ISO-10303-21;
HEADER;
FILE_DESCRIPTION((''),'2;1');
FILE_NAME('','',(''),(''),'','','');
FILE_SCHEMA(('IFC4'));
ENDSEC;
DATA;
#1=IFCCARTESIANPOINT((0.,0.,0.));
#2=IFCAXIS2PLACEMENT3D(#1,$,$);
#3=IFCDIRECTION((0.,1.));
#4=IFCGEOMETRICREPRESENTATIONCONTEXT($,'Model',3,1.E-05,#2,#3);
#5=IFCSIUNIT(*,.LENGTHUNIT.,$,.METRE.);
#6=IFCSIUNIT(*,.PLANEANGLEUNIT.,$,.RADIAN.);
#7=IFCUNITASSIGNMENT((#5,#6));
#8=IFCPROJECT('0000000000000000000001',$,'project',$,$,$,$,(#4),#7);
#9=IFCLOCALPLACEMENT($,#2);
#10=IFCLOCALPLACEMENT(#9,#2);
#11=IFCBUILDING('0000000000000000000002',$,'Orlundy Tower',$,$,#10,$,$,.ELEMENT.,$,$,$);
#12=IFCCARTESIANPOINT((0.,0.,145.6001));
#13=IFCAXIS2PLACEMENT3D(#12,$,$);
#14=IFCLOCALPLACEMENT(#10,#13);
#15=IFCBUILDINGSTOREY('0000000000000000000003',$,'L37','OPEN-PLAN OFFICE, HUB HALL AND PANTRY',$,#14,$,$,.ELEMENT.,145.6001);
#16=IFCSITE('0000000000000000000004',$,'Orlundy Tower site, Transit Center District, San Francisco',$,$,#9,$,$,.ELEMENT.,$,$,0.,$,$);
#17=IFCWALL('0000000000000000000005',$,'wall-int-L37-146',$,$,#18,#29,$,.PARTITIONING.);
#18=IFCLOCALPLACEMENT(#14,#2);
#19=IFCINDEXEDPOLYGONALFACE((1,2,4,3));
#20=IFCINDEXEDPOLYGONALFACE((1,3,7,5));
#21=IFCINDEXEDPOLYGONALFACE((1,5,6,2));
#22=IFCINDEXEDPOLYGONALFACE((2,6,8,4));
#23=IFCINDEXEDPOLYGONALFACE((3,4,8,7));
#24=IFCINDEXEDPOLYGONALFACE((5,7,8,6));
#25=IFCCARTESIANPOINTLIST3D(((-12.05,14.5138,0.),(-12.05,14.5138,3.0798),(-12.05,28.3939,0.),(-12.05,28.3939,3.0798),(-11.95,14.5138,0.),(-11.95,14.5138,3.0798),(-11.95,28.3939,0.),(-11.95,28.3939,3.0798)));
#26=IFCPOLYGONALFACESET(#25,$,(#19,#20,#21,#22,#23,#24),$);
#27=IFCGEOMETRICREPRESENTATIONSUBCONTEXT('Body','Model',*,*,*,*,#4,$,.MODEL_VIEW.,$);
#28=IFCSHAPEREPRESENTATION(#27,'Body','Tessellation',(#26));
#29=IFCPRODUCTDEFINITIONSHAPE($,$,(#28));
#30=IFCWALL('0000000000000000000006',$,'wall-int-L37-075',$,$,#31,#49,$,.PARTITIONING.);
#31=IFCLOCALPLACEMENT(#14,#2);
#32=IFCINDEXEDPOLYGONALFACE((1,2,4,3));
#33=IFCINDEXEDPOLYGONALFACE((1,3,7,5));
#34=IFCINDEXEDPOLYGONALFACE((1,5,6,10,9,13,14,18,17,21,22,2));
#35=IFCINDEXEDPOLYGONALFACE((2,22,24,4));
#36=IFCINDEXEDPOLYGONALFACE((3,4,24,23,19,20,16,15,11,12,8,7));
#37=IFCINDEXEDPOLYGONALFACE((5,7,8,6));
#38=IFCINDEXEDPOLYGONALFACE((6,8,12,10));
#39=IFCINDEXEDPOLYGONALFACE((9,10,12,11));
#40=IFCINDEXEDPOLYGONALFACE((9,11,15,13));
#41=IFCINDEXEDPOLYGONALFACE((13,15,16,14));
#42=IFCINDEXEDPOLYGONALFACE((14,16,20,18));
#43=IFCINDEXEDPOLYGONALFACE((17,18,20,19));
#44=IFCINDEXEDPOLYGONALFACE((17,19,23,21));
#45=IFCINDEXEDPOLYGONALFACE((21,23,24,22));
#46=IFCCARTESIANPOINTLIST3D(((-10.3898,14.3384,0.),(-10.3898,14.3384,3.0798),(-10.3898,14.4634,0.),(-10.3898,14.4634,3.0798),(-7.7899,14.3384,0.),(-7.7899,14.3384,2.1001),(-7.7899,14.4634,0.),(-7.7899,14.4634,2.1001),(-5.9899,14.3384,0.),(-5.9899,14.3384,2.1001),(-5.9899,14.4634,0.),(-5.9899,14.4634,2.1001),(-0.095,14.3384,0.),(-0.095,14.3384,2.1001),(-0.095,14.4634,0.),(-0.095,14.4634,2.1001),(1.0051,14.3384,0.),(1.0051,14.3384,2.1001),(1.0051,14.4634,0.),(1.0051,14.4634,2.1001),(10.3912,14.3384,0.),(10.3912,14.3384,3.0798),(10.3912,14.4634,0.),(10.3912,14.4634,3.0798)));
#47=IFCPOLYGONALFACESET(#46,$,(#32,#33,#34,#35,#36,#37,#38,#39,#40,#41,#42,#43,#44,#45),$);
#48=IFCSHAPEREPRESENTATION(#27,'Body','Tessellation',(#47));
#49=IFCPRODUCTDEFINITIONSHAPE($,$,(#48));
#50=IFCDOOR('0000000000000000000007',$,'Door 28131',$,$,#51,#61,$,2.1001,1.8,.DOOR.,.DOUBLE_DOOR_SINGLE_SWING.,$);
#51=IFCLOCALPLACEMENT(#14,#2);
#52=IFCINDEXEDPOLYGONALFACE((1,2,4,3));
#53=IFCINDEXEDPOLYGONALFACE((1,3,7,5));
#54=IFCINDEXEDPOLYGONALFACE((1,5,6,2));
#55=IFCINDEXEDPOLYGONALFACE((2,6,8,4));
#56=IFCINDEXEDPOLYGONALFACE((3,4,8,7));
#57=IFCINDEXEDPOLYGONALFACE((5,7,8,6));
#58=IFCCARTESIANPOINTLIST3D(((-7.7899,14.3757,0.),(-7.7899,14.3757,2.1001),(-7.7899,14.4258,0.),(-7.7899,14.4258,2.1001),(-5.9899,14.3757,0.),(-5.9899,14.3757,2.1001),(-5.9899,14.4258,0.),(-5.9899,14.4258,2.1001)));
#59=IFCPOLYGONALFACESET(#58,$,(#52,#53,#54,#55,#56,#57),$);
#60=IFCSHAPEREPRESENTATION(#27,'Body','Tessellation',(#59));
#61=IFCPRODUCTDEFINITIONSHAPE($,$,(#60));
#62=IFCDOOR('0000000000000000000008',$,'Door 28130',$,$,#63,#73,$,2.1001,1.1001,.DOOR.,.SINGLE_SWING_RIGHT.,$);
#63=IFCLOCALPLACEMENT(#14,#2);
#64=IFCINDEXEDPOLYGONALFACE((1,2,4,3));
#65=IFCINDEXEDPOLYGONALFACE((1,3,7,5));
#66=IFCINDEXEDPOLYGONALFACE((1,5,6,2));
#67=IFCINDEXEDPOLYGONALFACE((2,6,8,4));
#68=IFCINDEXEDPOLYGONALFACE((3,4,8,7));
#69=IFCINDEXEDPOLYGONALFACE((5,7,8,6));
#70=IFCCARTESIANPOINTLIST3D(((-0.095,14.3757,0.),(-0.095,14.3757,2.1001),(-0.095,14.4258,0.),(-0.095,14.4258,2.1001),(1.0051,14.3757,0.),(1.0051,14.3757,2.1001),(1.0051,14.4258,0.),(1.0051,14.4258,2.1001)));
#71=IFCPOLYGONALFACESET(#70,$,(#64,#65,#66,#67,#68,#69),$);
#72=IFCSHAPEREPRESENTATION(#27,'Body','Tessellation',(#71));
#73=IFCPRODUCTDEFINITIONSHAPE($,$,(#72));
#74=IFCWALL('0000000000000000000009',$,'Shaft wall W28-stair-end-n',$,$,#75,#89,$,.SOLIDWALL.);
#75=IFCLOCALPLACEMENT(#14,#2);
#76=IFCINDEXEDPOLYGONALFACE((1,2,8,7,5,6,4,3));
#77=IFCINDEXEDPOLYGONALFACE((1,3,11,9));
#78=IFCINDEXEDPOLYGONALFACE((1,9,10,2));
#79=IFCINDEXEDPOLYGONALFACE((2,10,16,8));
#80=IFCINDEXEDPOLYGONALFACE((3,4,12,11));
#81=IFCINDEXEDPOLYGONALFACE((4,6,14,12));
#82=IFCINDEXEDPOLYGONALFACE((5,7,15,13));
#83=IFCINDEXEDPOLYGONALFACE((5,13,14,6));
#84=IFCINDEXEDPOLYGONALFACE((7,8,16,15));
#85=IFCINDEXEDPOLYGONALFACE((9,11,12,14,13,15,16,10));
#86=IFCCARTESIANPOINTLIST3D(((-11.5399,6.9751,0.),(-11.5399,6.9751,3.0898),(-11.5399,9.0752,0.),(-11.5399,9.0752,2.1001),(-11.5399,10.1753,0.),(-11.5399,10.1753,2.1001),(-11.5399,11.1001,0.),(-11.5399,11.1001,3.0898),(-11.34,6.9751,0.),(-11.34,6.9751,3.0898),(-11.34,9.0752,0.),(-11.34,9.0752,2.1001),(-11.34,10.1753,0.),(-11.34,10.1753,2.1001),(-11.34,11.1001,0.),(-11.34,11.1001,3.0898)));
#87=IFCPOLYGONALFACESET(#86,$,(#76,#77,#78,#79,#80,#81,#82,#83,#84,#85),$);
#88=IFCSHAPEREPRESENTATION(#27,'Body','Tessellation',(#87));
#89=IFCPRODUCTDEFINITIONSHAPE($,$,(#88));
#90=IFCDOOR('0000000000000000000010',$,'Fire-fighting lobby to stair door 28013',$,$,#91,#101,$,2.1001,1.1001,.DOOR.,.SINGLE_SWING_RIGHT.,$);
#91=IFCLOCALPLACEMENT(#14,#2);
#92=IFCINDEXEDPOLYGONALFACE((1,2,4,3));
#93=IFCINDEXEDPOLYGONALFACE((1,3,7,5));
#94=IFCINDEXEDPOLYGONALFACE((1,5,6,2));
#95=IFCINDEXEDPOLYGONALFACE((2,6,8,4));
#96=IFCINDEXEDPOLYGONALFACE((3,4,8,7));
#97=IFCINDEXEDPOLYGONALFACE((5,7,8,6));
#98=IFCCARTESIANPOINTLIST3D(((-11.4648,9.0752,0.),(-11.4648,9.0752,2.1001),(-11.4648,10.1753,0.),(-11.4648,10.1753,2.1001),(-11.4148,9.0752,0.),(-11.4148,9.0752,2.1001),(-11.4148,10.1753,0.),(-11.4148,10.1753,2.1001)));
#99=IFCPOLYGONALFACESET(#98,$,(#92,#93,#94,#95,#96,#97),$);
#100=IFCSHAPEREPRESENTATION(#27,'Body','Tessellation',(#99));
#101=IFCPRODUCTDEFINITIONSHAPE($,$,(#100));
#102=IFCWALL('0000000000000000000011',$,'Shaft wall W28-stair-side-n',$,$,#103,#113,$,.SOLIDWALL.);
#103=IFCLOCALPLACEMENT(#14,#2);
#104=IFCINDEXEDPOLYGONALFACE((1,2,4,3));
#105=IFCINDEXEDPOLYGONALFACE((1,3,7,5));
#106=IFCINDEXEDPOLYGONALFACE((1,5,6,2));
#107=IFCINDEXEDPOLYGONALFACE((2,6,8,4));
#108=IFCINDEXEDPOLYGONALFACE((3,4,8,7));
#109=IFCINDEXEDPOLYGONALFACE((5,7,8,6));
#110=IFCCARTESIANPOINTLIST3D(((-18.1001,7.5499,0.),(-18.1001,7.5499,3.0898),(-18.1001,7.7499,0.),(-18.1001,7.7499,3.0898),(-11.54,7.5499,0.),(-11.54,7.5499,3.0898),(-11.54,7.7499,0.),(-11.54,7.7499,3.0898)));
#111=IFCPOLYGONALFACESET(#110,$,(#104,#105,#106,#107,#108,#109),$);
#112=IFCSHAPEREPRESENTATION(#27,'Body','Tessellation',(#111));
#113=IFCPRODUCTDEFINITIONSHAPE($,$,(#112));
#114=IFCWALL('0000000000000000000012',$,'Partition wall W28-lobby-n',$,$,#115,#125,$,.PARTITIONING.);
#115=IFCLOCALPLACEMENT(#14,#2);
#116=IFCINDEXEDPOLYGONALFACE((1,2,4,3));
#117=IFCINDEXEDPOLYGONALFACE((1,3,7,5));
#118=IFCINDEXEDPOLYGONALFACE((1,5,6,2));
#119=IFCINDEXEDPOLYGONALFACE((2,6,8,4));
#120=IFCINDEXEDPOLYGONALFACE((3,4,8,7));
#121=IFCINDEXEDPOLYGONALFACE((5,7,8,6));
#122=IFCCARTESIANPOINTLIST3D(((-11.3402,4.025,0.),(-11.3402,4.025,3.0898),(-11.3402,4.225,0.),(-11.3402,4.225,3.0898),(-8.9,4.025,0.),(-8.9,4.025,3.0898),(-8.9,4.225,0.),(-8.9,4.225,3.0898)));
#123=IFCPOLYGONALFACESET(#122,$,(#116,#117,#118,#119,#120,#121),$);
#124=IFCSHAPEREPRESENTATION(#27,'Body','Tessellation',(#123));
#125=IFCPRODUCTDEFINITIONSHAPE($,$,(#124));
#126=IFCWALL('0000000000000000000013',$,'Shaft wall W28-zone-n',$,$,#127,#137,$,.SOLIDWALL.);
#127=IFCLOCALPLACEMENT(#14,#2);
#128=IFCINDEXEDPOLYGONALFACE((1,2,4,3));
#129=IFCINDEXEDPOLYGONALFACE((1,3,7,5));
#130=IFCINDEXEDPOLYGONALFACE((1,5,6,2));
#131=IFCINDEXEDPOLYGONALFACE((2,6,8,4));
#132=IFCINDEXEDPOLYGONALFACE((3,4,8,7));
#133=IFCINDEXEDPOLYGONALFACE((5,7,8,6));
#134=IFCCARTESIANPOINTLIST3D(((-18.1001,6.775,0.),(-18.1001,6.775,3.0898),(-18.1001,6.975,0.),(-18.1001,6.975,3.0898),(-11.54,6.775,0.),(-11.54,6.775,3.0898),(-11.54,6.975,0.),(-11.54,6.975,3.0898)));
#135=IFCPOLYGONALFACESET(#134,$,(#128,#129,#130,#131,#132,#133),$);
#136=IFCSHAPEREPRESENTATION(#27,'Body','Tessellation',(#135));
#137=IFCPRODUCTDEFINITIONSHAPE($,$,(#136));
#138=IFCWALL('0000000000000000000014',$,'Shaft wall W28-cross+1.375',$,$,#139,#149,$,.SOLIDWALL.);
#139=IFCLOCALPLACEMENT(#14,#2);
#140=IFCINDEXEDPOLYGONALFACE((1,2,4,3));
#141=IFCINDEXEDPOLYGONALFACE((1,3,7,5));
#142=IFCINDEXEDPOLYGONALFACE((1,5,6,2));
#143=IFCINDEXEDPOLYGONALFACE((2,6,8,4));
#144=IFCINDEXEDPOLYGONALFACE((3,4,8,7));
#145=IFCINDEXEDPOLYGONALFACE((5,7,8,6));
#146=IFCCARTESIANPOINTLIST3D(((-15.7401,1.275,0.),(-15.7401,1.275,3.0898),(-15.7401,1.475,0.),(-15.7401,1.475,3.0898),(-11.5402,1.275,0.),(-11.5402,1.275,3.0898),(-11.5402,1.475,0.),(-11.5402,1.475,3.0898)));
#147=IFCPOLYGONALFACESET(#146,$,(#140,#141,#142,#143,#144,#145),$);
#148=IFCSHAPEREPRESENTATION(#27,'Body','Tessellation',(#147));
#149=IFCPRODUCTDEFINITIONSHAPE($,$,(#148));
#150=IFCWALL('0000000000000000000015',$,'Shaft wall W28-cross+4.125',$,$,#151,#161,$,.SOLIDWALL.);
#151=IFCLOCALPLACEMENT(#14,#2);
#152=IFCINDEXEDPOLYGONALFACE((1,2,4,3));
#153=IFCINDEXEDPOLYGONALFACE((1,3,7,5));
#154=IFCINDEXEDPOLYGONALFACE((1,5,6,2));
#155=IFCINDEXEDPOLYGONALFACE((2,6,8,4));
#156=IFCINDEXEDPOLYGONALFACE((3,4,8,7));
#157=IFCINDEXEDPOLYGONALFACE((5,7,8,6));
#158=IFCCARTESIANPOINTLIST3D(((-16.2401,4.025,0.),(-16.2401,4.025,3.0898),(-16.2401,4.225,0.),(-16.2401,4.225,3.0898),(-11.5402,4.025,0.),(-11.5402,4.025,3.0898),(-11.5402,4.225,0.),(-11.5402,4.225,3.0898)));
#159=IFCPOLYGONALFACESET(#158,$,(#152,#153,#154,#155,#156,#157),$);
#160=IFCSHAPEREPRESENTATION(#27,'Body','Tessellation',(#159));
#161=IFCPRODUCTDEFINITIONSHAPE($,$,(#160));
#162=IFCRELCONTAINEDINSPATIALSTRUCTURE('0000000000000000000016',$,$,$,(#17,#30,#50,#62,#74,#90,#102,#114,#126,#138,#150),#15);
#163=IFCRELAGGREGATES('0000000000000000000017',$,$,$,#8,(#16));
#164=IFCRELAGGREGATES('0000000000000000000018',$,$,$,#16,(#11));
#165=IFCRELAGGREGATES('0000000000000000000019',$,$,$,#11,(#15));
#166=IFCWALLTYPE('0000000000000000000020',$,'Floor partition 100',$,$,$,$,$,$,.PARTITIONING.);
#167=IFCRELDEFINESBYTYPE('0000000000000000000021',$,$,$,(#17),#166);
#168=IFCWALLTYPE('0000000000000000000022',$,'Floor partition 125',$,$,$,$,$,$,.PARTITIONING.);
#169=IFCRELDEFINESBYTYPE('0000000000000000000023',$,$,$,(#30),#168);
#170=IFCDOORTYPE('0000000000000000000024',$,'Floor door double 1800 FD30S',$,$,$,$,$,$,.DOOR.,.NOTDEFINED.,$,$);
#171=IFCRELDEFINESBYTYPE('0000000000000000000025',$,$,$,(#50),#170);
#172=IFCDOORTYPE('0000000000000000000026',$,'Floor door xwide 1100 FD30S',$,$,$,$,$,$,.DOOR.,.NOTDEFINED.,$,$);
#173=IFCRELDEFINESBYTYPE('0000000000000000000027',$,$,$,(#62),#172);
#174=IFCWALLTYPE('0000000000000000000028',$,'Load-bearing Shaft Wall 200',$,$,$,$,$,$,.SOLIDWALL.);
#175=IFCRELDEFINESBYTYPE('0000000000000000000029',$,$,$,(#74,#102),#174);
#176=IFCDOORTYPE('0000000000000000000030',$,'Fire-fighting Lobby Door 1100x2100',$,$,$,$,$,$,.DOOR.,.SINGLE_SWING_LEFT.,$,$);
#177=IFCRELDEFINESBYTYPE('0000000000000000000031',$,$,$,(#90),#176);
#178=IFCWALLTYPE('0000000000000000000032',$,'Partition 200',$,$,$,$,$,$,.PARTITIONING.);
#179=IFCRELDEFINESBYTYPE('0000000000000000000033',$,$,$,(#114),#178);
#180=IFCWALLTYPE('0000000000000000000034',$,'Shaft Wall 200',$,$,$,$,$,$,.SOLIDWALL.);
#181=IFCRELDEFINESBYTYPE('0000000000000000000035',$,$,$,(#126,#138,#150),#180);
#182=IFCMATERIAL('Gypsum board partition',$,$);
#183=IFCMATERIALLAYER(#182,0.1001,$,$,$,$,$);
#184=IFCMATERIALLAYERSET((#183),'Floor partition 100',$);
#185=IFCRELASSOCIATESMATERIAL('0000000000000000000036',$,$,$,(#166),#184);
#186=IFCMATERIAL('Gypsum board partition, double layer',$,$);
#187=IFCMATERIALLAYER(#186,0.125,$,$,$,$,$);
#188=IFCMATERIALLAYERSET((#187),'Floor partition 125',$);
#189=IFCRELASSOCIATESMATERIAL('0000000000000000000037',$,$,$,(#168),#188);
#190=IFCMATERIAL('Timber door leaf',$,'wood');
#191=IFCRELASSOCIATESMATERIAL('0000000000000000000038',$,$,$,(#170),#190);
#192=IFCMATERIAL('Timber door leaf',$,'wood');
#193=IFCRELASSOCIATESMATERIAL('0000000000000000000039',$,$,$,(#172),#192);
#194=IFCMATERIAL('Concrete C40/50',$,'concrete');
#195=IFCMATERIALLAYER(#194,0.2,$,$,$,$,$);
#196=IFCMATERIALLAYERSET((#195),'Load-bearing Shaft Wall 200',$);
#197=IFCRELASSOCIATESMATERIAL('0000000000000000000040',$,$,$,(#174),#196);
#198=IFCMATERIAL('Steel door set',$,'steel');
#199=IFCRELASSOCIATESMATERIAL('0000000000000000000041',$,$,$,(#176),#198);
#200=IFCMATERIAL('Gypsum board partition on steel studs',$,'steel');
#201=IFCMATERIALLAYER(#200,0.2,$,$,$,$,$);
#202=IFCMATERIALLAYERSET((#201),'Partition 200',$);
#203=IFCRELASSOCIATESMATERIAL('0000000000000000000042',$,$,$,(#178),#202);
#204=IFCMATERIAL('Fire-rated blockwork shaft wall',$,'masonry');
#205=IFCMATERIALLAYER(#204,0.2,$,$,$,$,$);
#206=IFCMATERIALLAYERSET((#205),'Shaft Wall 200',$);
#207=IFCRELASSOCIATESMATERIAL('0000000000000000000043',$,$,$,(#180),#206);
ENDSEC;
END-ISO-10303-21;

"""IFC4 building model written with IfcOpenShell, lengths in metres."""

from ifc_helpers import new_model, si_unit, direction, frame, frame_2d, origin, place, context, subcontext, project, spatial, rectangle, extrude, material, layer, layer_set, type_object, element, fill, save


model = new_model("IFC4")

# Units and contexts
model_context = context("Model", 3, precision=1e-05, world=origin(), true_north=direction((0.0, 1.0)))
body_context = subcontext(model_context, "Body", "Model", "MODEL_VIEW")
ifc_project = project(units=[si_unit("LENGTHUNIT", "METRE"), si_unit("PLANEANGLEUNIT", "RADIAN")], contexts=[model_context])

# Site, building, storey
site_placement = place(None, origin())
site = spatial("IfcSite", under=ifc_project, at=site_placement, Name="Orlundy Tower site, Transit Center District, San Francisco", CompositionType="ELEMENT", RefElevation=0.0)
building_placement = place(site_placement, origin())
building = spatial("IfcBuilding", under=site, at=building_placement, Name="Orlundy Tower", CompositionType="ELEMENT")
storey_placement = place(building_placement, frame((0.0, 0.0, 145.6001)))
storey = spatial("IfcBuildingStorey", under=building, at=storey_placement, Name="L37", Description="OPEN-PLAN OFFICE, HUB HALL AND PANTRY", CompositionType="ELEMENT", Elevation=145.6001)

# Wall
ifc_material_1 = material(Name="Gypsum board partition")
ifc_layer_1 = layer(ifc_material_1, 0.1001)
ifc_layer_set_1 = layer_set([ifc_layer_1], Name="Floor partition 100")
wall_type_1 = type_object("IfcWallType", Name="Floor partition 100", PredefinedType="PARTITIONING", material=ifc_layer_set_1)
wall_1_placement = place(storey_placement, frame((-12.0, 14.5139, 0.0), z_axis=(0.0, 0.0, 1.0), x_axis=(0.0, 1.0, 0.0)))
element("IfcWall", 1, at=wall_1_placement, inside=storey, type_object=wall_type_1, Name="wall-int-L37-146", PredefinedType="PARTITIONING", context=body_context, shape_type="SweptSolid", body=[
    extrude(rectangle(XDim=13.8801, YDim=0.1001, at=frame_2d((6.9399, 0.0))), origin(), (0.0, 0.0, 1.0), 3.0798),
])

# Wall, openings, doors
ifc_material_2 = material(Name="Gypsum board partition, double layer")
ifc_layer_2 = layer(ifc_material_2, 0.125)
ifc_layer_set_2 = layer_set([ifc_layer_2], Name="Floor partition 125")
wall_type_2 = type_object("IfcWallType", Name="Floor partition 125", PredefinedType="PARTITIONING", material=ifc_layer_set_2)
wall_2_placement = place(storey_placement, frame((-10.3899, 14.4009, 0.0), z_axis=(0.0, 0.0, 1.0), x_axis=(1.0, 0.0, 0.0)))
wall_2 = element("IfcWall", 2, at=wall_2_placement, inside=storey, type_object=wall_type_2, Name="wall-int-L37-075", PredefinedType="PARTITIONING", context=body_context, shape_type="SweptSolid", body=[
    extrude(rectangle(XDim=20.781, YDim=0.125, at=frame_2d((10.3906, 0.0))), origin(), (0.0, 0.0, 1.0), 3.0798),
])
opening_1_placement = place(wall_2_placement, frame((10.2949, 0.0, 0.0)))
opening_1 = element("IfcOpeningElement", 3, at=opening_1_placement, cuts=wall_2, PredefinedType="OPENING", context=body_context, shape_type="SweptSolid", body=[
    extrude(rectangle(XDim=1.1001, YDim=2.1001, at=frame_2d((0.55, 1.05))), frame((0.0, 0.0725, 0.0), z_axis=(0.0, -1.0, 0.0), x_axis=(1.0, 0.0, 0.0)), (0.0, 0.0, 1.0), 0.145),
])
opening_2_placement = place(wall_2_placement, frame((2.6001, 0.0, 0.0)))
opening_2 = element("IfcOpeningElement", 4, at=opening_2_placement, cuts=wall_2, PredefinedType="OPENING", context=body_context, shape_type="SweptSolid", body=[
    extrude(rectangle(XDim=1.8, YDim=2.1001, at=frame_2d((0.8999, 1.05))), frame((0.0, 0.0725, 0.0), z_axis=(0.0, -1.0, 0.0), x_axis=(1.0, 0.0, 0.0)), (0.0, 0.0, 1.0), 0.145),
])
ifc_material_3 = material(Name="Timber door leaf", Category="wood")
door_type_1 = type_object("IfcDoorType", Name="Floor door double 1800 FD30S", OperationType="NOTDEFINED", PredefinedType="DOOR", material=ifc_material_3)
door_1_placement = place(opening_2_placement, origin())
door_1 = element("IfcDoor", 5, at=door_1_placement, inside=storey, type_object=door_type_1, Name="Door 28131", OperationType="DOUBLE_DOOR_SINGLE_SWING", OverallHeight=2.1001, OverallWidth=1.8, PredefinedType="DOOR", context=body_context, shape_type="SweptSolid", body=[
    extrude(rectangle(XDim=1.8, YDim=2.1001, at=frame_2d((0.8999, 1.05))), frame((0.0, 0.0249, 0.0), z_axis=(0.0, -1.0, 0.0), x_axis=(1.0, 0.0, 0.0)), (0.0, 0.0, 1.0), 0.05),
])
fill(opening_2, door_1)
ifc_material_4 = material(Name="Timber door leaf", Category="wood")
door_type_2 = type_object("IfcDoorType", Name="Floor door xwide 1100 FD30S", OperationType="NOTDEFINED", PredefinedType="DOOR", material=ifc_material_4)
door_2_placement = place(opening_1_placement, origin())
door_2 = element("IfcDoor", 6, at=door_2_placement, inside=storey, type_object=door_type_2, Name="Door 28130", OperationType="SINGLE_SWING_RIGHT", OverallHeight=2.1001, OverallWidth=1.1001, PredefinedType="DOOR", context=body_context, shape_type="SweptSolid", body=[
    extrude(rectangle(XDim=1.1001, YDim=2.1001, at=frame_2d((0.55, 1.05))), frame((0.0, 0.0249, 0.0), z_axis=(0.0, -1.0, 0.0), x_axis=(1.0, 0.0, 0.0)), (0.0, 0.0, 1.0), 0.05),
])
fill(opening_1, door_2)

# Wall, opening, door
ifc_material_5 = material(Name="Concrete C40/50", Category="concrete")
ifc_layer_3 = layer(ifc_material_5, 0.2)
ifc_layer_set_3 = layer_set([ifc_layer_3], Name="Load-bearing Shaft Wall 200")
wall_type_3 = type_object("IfcWallType", Name="Load-bearing Shaft Wall 200", PredefinedType="SOLIDWALL", material=ifc_layer_set_3)
wall_3_placement = place(storey_placement, frame((-11.4399, 6.9751, 0.0), z_axis=(0.0, 0.0, 1.0), x_axis=(0.0, 1.0, 0.0)))
wall_3 = element("IfcWall", 7, at=wall_3_placement, inside=storey, type_object=wall_type_3, Name="Shaft wall W28-stair-end-n", PredefinedType="SOLIDWALL", context=body_context, shape_type="SweptSolid", body=[
    extrude(rectangle(XDim=4.125, YDim=0.2, at=frame_2d((2.0625, 0.0))), origin(), (0.0, 0.0, 1.0), 3.0898),
])
opening_3_placement = place(wall_3_placement, frame((2.1001, 0.0, 0.0)))
opening_3 = element("IfcOpeningElement", 8, at=opening_3_placement, cuts=wall_3, PredefinedType="OPENING", context=body_context, shape_type="SweptSolid", body=[
    extrude(rectangle(XDim=1.1001, YDim=2.1001, at=frame_2d((0.55, 1.05))), frame((0.0, 0.1101, 0.0), z_axis=(0.0, -1.0, 0.0), x_axis=(1.0, 0.0, 0.0)), (0.0, 0.0, 1.0), 0.2202),
])
ifc_material_6 = material(Name="Steel door set", Category="steel")
door_type_3 = type_object("IfcDoorType", Name="Fire-fighting Lobby Door 1100x2100", OperationType="SINGLE_SWING_LEFT", PredefinedType="DOOR", material=ifc_material_6)
door_3_placement = place(opening_3_placement, origin())
door_3 = element("IfcDoor", 9, at=door_3_placement, inside=storey, type_object=door_type_3, Name="Fire-fighting lobby to stair door 28013", OperationType="SINGLE_SWING_RIGHT", OverallHeight=2.1001, OverallWidth=1.1001, PredefinedType="DOOR", context=body_context, shape_type="SweptSolid", body=[
    extrude(rectangle(XDim=1.1001, YDim=2.1001, at=frame_2d((0.55, 1.05))), frame((0.0, 0.0249, 0.0), z_axis=(0.0, -1.0, 0.0), x_axis=(1.0, 0.0, 0.0)), (0.0, 0.0, 1.0), 0.05),
])
fill(opening_3, door_3)

# Walls
wall_4_placement = place(storey_placement, frame((-11.54, 7.6499, 0.0), z_axis=(0.0, 0.0, 1.0), x_axis=(-1.0, 0.0, 0.0)))
element("IfcWall", 10, at=wall_4_placement, inside=storey, type_object=wall_type_3, Name="Shaft wall W28-stair-side-n", PredefinedType="SOLIDWALL", context=body_context, shape_type="SweptSolid", body=[
    extrude(rectangle(XDim=6.5601, YDim=0.2, at=frame_2d((3.28, 0.0))), origin(), (0.0, 0.0, 1.0), 3.0898),
])
ifc_material_7 = material(Name="Gypsum board partition on steel studs", Category="steel")
ifc_layer_4 = layer(ifc_material_7, 0.2)
ifc_layer_set_4 = layer_set([ifc_layer_4], Name="Partition 200")
wall_type_4 = type_object("IfcWallType", Name="Partition 200", PredefinedType="PARTITIONING", material=ifc_layer_set_4)
wall_5_placement = place(storey_placement, frame((-8.8999, 4.125, 0.0), z_axis=(0.0, 0.0, 1.0), x_axis=(-1.0, 0.0, 0.0)))
element("IfcWall", 11, at=wall_5_placement, inside=storey, type_object=wall_type_4, Name="Partition wall W28-lobby-n", PredefinedType="PARTITIONING", context=body_context, shape_type="SweptSolid", body=[
    extrude(rectangle(XDim=2.4402, YDim=0.2, at=frame_2d((1.2202, 0.0))), origin(), (0.0, 0.0, 1.0), 3.0898),
])
ifc_material_8 = material(Name="Fire-rated blockwork shaft wall", Category="masonry")
ifc_layer_5 = layer(ifc_material_8, 0.2)
ifc_layer_set_5 = layer_set([ifc_layer_5], Name="Shaft Wall 200")
wall_type_5 = type_object("IfcWallType", Name="Shaft Wall 200", PredefinedType="SOLIDWALL", material=ifc_layer_set_5)
wall_6_placement = place(storey_placement, frame((-11.54, 6.875, 0.0), z_axis=(0.0, 0.0, 1.0), x_axis=(-1.0, 0.0, 0.0)))
element("IfcWall", 12, at=wall_6_placement, inside=storey, type_object=wall_type_5, Name="Shaft wall W28-zone-n", PredefinedType="SOLIDWALL", context=body_context, shape_type="SweptSolid", body=[
    extrude(rectangle(XDim=6.5601, YDim=0.2, at=frame_2d((3.28, 0.0))), origin(), (0.0, 0.0, 1.0), 3.0898),
])
wall_7_placement = place(storey_placement, frame((-11.54, 1.375, 0.0), z_axis=(0.0, 0.0, 1.0), x_axis=(-1.0, 0.0, 0.0)))
element("IfcWall", 13, at=wall_7_placement, inside=storey, type_object=wall_type_5, Name="Shaft wall W28-cross+1.375", PredefinedType="SOLIDWALL", context=body_context, shape_type="SweptSolid", body=[
    extrude(rectangle(XDim=4.2, YDim=0.2, at=frame_2d((2.1001, 0.0))), origin(), (0.0, 0.0, 1.0), 3.0898),
])
wall_8_placement = place(storey_placement, frame((-11.54, 4.125, 0.0), z_axis=(0.0, 0.0, 1.0), x_axis=(-1.0, 0.0, 0.0)))
element("IfcWall", 14, at=wall_8_placement, inside=storey, type_object=wall_type_5, Name="Shaft wall W28-cross+4.125", PredefinedType="SOLIDWALL", context=body_context, shape_type="SweptSolid", body=[
    extrude(rectangle(XDim=4.7, YDim=0.2, at=frame_2d((2.3501, 0.0))), origin(), (0.0, 0.0, 1.0), 3.0898),
])

save(model, "model.ifc")
